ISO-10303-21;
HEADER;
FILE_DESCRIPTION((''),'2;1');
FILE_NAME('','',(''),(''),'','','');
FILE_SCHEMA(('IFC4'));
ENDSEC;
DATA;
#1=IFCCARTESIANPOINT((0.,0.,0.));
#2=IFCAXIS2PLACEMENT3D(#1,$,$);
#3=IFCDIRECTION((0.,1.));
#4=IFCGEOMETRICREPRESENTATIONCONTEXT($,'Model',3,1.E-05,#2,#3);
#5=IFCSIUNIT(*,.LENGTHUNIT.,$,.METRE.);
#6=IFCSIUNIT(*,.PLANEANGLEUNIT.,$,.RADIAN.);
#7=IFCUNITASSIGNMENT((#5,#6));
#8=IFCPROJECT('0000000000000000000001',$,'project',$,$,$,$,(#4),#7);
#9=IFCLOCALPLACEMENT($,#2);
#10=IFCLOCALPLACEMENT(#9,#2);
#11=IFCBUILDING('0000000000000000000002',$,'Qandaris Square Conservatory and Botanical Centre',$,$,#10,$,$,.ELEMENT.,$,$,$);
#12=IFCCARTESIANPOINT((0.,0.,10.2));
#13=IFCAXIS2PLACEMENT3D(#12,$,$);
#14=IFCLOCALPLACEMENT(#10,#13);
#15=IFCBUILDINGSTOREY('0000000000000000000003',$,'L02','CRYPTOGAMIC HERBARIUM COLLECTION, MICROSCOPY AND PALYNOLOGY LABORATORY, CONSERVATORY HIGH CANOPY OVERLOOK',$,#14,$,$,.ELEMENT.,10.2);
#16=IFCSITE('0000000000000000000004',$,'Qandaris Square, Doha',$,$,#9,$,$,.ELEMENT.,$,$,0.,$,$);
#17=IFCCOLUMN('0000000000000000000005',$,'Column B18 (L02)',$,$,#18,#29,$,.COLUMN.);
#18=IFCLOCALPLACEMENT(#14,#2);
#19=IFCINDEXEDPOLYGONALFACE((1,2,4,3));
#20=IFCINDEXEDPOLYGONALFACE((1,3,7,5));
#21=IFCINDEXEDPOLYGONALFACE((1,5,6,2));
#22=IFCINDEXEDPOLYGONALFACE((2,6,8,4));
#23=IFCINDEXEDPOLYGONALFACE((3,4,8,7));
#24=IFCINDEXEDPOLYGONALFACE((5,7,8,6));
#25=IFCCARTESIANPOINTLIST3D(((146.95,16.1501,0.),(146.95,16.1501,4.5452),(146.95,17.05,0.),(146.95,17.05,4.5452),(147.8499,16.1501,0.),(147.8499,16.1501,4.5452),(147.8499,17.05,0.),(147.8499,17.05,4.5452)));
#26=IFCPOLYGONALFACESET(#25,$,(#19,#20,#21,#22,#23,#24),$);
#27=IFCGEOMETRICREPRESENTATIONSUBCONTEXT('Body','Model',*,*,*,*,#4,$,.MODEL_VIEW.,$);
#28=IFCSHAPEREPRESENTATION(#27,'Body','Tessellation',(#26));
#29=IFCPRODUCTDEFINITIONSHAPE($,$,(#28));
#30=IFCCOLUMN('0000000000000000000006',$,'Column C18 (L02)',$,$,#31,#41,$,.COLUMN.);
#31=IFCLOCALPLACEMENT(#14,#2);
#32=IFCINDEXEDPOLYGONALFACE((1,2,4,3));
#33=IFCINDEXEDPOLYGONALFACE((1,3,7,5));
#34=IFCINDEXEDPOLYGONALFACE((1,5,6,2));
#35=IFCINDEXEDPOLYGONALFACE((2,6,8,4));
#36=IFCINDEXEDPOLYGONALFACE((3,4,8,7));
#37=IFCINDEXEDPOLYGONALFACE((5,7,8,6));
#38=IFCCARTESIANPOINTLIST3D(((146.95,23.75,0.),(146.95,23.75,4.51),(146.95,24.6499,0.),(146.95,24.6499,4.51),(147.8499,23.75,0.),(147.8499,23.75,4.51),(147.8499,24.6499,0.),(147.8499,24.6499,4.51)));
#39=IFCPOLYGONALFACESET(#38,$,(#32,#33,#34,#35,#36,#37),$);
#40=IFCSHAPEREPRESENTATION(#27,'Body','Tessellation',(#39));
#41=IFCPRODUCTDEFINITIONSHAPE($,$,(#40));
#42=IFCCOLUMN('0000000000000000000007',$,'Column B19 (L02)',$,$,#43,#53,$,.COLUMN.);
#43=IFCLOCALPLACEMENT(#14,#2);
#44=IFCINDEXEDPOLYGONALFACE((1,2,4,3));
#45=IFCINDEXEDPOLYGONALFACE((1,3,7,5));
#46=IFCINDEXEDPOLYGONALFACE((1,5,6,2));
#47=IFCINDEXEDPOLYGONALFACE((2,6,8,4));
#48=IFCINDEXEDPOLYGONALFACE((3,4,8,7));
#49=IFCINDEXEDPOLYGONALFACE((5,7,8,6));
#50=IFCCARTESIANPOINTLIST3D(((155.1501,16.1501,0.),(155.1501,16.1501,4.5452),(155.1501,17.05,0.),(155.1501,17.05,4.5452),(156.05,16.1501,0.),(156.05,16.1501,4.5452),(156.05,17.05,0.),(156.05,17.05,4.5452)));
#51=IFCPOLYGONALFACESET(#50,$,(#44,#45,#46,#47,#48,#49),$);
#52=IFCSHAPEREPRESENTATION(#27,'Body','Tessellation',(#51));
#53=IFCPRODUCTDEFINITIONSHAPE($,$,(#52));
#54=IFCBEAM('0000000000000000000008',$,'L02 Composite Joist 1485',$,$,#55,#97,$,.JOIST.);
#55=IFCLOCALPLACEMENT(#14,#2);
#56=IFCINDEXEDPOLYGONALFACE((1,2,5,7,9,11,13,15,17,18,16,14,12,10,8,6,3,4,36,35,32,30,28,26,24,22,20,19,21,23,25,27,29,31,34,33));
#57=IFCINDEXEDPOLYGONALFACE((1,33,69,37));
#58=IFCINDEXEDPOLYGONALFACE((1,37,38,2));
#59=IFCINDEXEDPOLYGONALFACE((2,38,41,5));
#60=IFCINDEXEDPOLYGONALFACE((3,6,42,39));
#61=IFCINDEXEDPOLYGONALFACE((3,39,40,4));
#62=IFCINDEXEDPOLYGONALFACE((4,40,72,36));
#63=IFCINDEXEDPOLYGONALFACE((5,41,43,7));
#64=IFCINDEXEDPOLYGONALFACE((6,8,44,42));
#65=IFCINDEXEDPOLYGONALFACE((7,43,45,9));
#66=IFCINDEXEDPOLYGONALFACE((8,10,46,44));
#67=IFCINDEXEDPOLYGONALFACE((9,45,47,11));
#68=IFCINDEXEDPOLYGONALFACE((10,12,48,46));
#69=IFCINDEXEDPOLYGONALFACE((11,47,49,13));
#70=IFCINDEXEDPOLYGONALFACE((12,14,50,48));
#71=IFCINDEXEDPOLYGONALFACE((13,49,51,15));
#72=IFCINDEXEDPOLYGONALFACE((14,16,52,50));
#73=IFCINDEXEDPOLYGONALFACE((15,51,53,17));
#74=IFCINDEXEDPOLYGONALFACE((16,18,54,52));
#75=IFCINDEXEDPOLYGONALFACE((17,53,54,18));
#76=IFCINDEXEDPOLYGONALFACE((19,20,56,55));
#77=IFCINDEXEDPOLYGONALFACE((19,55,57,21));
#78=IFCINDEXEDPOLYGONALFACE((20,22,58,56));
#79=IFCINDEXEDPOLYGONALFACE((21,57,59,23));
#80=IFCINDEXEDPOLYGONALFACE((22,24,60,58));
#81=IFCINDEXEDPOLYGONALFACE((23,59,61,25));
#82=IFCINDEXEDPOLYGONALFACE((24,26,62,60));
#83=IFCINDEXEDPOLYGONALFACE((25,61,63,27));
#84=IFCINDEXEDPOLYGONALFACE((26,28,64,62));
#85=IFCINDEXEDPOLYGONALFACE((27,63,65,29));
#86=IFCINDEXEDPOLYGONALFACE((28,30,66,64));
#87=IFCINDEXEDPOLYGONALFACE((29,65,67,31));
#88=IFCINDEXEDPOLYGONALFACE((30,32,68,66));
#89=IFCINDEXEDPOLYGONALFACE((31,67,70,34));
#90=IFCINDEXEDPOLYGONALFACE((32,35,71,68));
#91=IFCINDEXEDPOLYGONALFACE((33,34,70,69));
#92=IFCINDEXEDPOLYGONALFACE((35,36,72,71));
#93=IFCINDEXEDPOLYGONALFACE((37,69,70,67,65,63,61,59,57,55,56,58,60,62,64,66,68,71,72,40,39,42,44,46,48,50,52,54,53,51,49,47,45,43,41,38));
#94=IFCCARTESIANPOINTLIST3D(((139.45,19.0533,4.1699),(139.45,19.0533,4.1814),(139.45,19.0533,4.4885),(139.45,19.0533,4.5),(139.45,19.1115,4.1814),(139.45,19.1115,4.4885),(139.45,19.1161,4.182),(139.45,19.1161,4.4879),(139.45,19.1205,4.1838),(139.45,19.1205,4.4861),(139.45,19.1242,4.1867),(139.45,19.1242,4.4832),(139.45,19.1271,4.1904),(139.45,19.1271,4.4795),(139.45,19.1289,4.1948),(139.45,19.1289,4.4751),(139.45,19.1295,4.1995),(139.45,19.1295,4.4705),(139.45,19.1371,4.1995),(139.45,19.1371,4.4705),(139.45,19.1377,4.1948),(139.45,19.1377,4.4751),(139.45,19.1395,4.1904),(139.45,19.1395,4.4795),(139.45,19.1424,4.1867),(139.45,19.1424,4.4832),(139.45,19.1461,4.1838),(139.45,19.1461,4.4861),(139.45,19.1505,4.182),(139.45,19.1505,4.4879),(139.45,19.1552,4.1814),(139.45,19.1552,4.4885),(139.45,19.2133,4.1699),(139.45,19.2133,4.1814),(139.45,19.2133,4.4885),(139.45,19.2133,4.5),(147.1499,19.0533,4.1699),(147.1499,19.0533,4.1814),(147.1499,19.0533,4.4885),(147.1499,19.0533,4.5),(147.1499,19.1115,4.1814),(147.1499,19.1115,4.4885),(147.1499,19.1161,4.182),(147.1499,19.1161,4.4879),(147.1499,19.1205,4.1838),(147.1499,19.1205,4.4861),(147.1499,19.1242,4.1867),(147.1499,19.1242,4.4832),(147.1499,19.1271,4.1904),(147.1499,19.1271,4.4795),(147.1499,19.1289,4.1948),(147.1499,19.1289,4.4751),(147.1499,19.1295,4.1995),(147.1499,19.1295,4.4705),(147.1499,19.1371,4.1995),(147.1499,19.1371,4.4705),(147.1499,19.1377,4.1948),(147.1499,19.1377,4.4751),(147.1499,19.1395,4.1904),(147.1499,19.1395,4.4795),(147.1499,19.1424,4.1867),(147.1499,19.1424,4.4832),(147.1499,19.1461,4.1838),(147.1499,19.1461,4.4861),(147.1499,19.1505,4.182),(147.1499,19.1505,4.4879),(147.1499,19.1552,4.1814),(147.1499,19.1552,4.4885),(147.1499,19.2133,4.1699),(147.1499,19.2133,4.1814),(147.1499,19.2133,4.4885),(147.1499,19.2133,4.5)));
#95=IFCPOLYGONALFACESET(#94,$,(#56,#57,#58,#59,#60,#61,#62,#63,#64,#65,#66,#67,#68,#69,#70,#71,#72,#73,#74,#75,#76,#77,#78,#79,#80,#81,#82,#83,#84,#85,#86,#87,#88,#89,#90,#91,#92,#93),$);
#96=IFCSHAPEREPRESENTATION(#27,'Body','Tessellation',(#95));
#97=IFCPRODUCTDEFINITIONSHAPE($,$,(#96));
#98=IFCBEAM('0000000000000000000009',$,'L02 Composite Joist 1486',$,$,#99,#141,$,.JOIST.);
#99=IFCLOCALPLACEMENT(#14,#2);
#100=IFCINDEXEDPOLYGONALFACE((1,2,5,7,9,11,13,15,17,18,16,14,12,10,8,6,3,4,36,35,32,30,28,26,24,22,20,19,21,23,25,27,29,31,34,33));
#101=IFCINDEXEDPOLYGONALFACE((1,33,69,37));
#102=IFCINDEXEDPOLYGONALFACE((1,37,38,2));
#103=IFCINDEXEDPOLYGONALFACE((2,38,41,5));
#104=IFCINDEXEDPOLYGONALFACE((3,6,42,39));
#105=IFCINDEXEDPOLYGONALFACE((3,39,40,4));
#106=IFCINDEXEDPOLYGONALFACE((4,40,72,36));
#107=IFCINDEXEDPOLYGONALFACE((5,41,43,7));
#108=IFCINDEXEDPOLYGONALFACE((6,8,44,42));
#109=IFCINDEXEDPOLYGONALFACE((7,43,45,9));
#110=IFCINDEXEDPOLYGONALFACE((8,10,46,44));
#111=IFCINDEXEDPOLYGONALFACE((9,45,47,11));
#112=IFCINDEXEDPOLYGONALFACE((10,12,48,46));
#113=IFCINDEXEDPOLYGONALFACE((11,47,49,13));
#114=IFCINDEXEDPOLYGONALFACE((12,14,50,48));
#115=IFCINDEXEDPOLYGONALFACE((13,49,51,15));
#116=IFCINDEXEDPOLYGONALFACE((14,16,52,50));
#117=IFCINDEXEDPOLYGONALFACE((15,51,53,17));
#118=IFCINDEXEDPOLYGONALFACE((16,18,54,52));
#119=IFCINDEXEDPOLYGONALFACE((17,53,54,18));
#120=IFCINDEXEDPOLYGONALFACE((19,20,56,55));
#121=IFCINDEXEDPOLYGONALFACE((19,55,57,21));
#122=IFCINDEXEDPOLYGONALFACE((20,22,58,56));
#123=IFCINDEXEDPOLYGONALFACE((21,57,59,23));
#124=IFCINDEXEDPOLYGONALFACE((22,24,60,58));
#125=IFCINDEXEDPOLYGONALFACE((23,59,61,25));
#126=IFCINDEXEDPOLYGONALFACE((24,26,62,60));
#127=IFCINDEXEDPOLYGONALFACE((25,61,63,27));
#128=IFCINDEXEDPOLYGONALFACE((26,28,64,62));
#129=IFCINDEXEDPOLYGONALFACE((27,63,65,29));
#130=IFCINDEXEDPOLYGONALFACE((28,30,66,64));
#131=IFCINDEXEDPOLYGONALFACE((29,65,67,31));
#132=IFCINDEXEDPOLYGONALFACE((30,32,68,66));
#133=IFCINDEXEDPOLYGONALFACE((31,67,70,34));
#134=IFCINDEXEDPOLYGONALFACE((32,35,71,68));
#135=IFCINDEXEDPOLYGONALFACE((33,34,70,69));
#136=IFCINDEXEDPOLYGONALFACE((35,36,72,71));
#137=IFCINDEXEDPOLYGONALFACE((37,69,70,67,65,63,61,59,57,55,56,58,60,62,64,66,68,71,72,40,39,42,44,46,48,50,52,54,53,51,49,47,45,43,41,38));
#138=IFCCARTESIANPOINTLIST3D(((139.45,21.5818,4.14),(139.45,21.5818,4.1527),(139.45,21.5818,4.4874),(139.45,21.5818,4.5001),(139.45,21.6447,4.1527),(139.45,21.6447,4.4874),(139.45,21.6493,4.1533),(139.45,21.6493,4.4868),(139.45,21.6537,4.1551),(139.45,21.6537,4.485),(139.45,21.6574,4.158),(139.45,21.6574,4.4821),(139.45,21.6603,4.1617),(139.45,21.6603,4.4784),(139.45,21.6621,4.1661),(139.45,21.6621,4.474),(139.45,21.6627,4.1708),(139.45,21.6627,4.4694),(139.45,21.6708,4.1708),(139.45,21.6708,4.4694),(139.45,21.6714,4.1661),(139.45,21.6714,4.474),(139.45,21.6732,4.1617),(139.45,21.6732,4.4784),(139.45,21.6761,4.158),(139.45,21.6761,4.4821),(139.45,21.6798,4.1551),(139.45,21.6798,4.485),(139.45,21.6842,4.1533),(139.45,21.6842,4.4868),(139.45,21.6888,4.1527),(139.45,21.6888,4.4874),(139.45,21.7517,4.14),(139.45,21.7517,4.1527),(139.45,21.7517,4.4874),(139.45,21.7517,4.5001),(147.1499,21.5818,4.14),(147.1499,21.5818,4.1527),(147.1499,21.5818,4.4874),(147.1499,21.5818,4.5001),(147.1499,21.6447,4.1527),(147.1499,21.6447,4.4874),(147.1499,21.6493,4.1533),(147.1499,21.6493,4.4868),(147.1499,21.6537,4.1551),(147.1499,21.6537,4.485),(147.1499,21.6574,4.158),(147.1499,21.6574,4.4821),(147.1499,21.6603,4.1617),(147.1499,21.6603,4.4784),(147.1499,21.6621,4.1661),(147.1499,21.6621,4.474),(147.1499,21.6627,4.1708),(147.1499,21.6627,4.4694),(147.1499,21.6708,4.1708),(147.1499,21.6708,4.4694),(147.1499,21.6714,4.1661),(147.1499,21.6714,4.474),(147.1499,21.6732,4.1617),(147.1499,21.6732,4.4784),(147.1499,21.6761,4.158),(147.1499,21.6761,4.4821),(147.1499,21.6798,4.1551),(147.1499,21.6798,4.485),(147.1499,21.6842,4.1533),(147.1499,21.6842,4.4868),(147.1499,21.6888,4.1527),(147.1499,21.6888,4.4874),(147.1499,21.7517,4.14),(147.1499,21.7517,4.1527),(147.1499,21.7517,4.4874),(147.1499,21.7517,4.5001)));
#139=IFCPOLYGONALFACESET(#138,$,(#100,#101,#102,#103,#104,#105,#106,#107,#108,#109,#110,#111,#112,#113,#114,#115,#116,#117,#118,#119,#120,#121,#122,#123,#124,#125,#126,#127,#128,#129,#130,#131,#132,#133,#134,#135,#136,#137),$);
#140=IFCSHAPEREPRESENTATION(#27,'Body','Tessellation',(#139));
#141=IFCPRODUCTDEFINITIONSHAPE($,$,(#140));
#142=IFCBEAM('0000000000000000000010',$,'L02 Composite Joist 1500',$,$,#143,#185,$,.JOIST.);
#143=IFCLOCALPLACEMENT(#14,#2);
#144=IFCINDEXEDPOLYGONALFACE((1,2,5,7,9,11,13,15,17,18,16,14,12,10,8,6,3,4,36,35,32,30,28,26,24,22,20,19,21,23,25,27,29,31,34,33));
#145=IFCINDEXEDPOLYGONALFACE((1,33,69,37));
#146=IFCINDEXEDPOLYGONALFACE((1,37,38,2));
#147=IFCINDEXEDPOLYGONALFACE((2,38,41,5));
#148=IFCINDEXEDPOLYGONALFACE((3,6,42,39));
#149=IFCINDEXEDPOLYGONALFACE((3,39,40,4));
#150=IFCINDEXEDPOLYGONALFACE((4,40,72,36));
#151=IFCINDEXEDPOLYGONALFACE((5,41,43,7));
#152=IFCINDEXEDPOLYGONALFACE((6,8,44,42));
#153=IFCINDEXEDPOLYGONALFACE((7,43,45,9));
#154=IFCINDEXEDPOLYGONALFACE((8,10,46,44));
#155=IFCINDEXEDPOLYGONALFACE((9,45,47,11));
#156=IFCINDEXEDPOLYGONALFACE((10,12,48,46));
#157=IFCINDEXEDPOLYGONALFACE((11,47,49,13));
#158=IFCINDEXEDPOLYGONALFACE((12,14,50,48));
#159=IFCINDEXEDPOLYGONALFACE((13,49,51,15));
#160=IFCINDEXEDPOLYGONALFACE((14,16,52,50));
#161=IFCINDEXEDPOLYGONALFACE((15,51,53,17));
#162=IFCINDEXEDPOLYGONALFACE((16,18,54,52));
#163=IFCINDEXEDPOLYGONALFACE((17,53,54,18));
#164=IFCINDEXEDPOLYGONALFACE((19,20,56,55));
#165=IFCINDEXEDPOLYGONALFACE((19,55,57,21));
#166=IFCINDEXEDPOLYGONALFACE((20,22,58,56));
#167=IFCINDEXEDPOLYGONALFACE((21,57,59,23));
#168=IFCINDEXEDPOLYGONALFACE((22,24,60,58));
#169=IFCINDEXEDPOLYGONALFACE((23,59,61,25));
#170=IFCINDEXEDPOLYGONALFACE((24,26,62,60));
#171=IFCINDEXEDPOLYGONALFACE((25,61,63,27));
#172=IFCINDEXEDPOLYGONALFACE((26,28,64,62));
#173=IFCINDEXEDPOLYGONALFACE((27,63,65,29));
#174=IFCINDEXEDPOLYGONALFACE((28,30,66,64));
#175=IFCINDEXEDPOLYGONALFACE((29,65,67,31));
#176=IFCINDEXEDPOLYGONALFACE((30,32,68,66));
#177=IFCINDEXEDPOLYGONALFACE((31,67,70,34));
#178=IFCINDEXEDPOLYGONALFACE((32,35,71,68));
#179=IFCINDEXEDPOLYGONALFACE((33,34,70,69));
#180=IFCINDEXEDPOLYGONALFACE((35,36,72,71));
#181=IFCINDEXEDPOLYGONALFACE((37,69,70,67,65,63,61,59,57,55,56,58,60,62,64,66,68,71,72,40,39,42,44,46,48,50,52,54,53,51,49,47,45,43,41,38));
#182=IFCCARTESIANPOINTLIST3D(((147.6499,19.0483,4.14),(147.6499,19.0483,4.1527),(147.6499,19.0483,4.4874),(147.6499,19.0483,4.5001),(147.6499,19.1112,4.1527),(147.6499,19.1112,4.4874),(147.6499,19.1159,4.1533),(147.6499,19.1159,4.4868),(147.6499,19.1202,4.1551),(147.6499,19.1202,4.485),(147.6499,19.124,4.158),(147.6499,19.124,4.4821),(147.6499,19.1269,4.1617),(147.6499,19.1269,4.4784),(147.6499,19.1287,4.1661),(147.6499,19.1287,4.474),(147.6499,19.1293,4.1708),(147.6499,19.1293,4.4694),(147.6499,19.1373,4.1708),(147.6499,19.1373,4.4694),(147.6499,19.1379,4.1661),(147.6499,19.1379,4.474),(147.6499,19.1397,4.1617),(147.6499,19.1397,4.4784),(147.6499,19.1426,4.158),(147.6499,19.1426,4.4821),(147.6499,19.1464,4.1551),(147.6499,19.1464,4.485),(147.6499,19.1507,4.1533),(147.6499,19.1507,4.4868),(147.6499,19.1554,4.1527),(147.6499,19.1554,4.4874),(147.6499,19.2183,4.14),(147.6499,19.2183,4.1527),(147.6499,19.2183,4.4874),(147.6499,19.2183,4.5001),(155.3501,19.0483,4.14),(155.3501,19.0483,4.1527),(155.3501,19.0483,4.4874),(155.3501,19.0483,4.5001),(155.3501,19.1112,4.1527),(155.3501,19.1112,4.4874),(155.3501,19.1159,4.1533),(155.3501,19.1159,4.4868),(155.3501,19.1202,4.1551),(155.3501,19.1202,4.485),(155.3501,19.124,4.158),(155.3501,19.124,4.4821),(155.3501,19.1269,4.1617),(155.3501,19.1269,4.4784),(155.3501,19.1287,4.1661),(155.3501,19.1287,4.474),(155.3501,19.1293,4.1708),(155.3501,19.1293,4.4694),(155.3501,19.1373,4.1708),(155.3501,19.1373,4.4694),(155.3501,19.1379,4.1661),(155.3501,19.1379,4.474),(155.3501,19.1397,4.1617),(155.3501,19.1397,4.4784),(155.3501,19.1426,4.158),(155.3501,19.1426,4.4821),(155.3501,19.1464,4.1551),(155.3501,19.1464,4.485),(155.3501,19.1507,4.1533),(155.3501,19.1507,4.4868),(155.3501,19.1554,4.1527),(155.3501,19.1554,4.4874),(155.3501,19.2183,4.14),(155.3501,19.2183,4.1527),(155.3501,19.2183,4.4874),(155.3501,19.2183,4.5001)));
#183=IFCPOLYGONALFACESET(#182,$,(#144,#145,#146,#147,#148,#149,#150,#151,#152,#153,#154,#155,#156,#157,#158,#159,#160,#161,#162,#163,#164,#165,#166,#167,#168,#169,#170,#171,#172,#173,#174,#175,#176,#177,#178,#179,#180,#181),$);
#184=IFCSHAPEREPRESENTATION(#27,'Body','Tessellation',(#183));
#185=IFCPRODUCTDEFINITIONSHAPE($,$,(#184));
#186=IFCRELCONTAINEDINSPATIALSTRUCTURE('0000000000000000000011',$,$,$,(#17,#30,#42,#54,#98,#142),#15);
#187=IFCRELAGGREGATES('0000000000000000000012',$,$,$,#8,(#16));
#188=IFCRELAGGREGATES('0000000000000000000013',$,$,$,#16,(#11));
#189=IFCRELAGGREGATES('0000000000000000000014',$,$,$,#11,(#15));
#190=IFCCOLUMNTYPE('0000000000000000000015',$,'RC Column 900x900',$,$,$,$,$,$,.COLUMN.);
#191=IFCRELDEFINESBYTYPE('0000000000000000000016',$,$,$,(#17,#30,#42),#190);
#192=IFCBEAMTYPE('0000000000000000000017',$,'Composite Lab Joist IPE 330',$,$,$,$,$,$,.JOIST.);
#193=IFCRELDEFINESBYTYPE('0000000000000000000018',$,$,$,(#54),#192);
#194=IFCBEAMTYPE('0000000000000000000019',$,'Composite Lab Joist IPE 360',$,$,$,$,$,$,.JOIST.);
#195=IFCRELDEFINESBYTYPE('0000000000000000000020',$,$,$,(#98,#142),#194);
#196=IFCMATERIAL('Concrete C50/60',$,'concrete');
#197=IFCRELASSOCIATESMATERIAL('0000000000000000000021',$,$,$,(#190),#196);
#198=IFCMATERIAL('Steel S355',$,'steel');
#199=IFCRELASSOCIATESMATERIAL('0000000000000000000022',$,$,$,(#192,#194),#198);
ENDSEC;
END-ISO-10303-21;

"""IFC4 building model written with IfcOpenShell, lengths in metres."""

from ifc_helpers import new_model, si_unit, direction, frame, origin, origin_2d, place, context, subcontext, project, spatial, rectangle, i_section, extrude, material, material_profile, profile_set, type_object, element, save


model = new_model("IFC4")

# Units and contexts
model_context = context("Model", 3, precision=1e-05, world=origin(), true_north=direction((0.0, 1.0)))
body_context = subcontext(model_context, "Body", "Model", "MODEL_VIEW")
ifc_project = project(units=[si_unit("LENGTHUNIT", "METRE"), si_unit("PLANEANGLEUNIT", "RADIAN")], contexts=[model_context])

# Site, building, storey
site_placement = place(None, origin())
site = spatial("IfcSite", under=ifc_project, at=site_placement, Name="Qandaris Square, Doha", CompositionType="ELEMENT", RefElevation=0.0)
building_placement = place(site_placement, origin())
building = spatial("IfcBuilding", under=site, at=building_placement, Name="Qandaris Square Conservatory and Botanical Centre", CompositionType="ELEMENT")
storey_placement = place(building_placement, frame((0.0, 0.0, 10.2)))
storey = spatial("IfcBuildingStorey", under=building, at=storey_placement, Name="L02", Description="CRYPTOGAMIC HERBARIUM COLLECTION, MICROSCOPY AND PALYNOLOGY LABORATORY, CONSERVATORY HIGH CANOPY OVERLOOK", CompositionType="ELEMENT", Elevation=10.2)

# Columns
ifc_material_1 = material(Name="Concrete C50/60", Category="concrete")
ifc_material_profile_1 = material_profile(ifc_material_1, rectangle(XDim=0.8999, YDim=0.8999, at=origin_2d()), Name="RC-COL 900x900")
ifc_profile_set_1 = profile_set([ifc_material_profile_1], Name="Concrete C50/60")
column_type = type_object("IfcColumnType", Name="RC Column 900x900", PredefinedType="COLUMN", material=ifc_profile_set_1)
column_1_placement = place(storey_placement, frame((147.3999, 16.6001, 0.0), z_axis=(0.0, 0.0, 1.0), x_axis=(1.0, 0.0, 0.0)))
element("IfcColumn", 1, at=column_1_placement, inside=storey, type_object=column_type, Name="Column B18 (L02)", PredefinedType="COLUMN", context=body_context, shape_type="SweptSolid", body=[
    extrude(rectangle(XDim=0.8999, YDim=0.8999, at=origin_2d()), origin(), (0.0, 0.0, 1.0), 4.5452),
])
column_2_placement = place(storey_placement, frame((147.3999, 24.2, 0.0), z_axis=(0.0, 0.0, 1.0), x_axis=(1.0, 0.0, 0.0)))
element("IfcColumn", 2, at=column_2_placement, inside=storey, type_object=column_type, Name="Column C18 (L02)", PredefinedType="COLUMN", context=body_context, shape_type="SweptSolid", body=[
    extrude(rectangle(XDim=0.8999, YDim=0.8999, at=origin_2d()), origin(), (0.0, 0.0, 1.0), 4.51),
])
column_3_placement = place(storey_placement, frame((155.6001, 16.6001, 0.0), z_axis=(0.0, 0.0, 1.0), x_axis=(1.0, 0.0, 0.0)))
element("IfcColumn", 3, at=column_3_placement, inside=storey, type_object=column_type, Name="Column B19 (L02)", PredefinedType="COLUMN", context=body_context, shape_type="SweptSolid", body=[
    extrude(rectangle(XDim=0.8999, YDim=0.8999, at=origin_2d()), origin(), (0.0, 0.0, 1.0), 4.5452),
])

# Beams
ifc_material_2 = material(Name="Steel S355", Category="steel")
ifc_material_profile_2 = material_profile(ifc_material_2, i_section(OverallWidth=0.1599, OverallDepth=0.3301, WebThickness=0.0076, FlangeThickness=0.0115, FilletRadius=0.0181, at=origin_2d()), Name="IPE 330")
ifc_profile_set_2 = profile_set([ifc_material_profile_2], Name="Steel S355")
beam_type_1 = type_object("IfcBeamType", Name="Composite Lab Joist IPE 330", PredefinedType="JOIST", material=ifc_profile_set_2)
beam_1_placement = place(storey_placement, frame((139.45, 19.1333, 4.335), z_axis=(1.0, 0.0, 0.0), x_axis=(0.0, 1.0, 0.0)))
element("IfcBeam", 4, at=beam_1_placement, inside=storey, type_object=beam_type_1, Name="L02 Composite Joist 1485", PredefinedType="JOIST", context=body_context, shape_type="SweptSolid", body=[
    extrude(i_section(OverallWidth=0.1599, OverallDepth=0.3301, WebThickness=0.0076, FlangeThickness=0.0115, FilletRadius=0.0181, at=origin_2d()), origin(), (0.0, 0.0, 1.0), 7.7),
])
ifc_material_profile_3 = material_profile(ifc_material_2, i_section(OverallWidth=0.1699, OverallDepth=0.3601, WebThickness=0.0081, FlangeThickness=0.0127, FilletRadius=0.0181, at=origin_2d()), Name="IPE 360")
ifc_profile_set_3 = profile_set([ifc_material_profile_3], Name="Steel S355")
beam_type_2 = type_object("IfcBeamType", Name="Composite Lab Joist IPE 360", PredefinedType="JOIST", material=ifc_profile_set_3)
beam_2_placement = place(storey_placement, frame((139.45, 21.6667, 4.3201), z_axis=(1.0, 0.0, 0.0), x_axis=(0.0, 1.0, 0.0)))
element("IfcBeam", 5, at=beam_2_placement, inside=storey, type_object=beam_type_2, Name="L02 Composite Joist 1486", PredefinedType="JOIST", context=body_context, shape_type="SweptSolid", body=[
    extrude(i_section(OverallWidth=0.1699, OverallDepth=0.3601, WebThickness=0.0081, FlangeThickness=0.0127, FilletRadius=0.0181, at=origin_2d()), origin(), (0.0, 0.0, 1.0), 7.7),
])
beam_3_placement = place(storey_placement, frame((147.6499, 19.1333, 4.3201), z_axis=(1.0, 0.0, 0.0), x_axis=(0.0, 1.0, 0.0)))
element("IfcBeam", 6, at=beam_3_placement, inside=storey, type_object=beam_type_2, Name="L02 Composite Joist 1500", PredefinedType="JOIST", context=body_context, shape_type="SweptSolid", body=[
    extrude(i_section(OverallWidth=0.1699, OverallDepth=0.3601, WebThickness=0.0081, FlangeThickness=0.0127, FilletRadius=0.0181, at=origin_2d()), origin(), (0.0, 0.0, 1.0), 7.7002),
])

save(model, "model.ifc")
